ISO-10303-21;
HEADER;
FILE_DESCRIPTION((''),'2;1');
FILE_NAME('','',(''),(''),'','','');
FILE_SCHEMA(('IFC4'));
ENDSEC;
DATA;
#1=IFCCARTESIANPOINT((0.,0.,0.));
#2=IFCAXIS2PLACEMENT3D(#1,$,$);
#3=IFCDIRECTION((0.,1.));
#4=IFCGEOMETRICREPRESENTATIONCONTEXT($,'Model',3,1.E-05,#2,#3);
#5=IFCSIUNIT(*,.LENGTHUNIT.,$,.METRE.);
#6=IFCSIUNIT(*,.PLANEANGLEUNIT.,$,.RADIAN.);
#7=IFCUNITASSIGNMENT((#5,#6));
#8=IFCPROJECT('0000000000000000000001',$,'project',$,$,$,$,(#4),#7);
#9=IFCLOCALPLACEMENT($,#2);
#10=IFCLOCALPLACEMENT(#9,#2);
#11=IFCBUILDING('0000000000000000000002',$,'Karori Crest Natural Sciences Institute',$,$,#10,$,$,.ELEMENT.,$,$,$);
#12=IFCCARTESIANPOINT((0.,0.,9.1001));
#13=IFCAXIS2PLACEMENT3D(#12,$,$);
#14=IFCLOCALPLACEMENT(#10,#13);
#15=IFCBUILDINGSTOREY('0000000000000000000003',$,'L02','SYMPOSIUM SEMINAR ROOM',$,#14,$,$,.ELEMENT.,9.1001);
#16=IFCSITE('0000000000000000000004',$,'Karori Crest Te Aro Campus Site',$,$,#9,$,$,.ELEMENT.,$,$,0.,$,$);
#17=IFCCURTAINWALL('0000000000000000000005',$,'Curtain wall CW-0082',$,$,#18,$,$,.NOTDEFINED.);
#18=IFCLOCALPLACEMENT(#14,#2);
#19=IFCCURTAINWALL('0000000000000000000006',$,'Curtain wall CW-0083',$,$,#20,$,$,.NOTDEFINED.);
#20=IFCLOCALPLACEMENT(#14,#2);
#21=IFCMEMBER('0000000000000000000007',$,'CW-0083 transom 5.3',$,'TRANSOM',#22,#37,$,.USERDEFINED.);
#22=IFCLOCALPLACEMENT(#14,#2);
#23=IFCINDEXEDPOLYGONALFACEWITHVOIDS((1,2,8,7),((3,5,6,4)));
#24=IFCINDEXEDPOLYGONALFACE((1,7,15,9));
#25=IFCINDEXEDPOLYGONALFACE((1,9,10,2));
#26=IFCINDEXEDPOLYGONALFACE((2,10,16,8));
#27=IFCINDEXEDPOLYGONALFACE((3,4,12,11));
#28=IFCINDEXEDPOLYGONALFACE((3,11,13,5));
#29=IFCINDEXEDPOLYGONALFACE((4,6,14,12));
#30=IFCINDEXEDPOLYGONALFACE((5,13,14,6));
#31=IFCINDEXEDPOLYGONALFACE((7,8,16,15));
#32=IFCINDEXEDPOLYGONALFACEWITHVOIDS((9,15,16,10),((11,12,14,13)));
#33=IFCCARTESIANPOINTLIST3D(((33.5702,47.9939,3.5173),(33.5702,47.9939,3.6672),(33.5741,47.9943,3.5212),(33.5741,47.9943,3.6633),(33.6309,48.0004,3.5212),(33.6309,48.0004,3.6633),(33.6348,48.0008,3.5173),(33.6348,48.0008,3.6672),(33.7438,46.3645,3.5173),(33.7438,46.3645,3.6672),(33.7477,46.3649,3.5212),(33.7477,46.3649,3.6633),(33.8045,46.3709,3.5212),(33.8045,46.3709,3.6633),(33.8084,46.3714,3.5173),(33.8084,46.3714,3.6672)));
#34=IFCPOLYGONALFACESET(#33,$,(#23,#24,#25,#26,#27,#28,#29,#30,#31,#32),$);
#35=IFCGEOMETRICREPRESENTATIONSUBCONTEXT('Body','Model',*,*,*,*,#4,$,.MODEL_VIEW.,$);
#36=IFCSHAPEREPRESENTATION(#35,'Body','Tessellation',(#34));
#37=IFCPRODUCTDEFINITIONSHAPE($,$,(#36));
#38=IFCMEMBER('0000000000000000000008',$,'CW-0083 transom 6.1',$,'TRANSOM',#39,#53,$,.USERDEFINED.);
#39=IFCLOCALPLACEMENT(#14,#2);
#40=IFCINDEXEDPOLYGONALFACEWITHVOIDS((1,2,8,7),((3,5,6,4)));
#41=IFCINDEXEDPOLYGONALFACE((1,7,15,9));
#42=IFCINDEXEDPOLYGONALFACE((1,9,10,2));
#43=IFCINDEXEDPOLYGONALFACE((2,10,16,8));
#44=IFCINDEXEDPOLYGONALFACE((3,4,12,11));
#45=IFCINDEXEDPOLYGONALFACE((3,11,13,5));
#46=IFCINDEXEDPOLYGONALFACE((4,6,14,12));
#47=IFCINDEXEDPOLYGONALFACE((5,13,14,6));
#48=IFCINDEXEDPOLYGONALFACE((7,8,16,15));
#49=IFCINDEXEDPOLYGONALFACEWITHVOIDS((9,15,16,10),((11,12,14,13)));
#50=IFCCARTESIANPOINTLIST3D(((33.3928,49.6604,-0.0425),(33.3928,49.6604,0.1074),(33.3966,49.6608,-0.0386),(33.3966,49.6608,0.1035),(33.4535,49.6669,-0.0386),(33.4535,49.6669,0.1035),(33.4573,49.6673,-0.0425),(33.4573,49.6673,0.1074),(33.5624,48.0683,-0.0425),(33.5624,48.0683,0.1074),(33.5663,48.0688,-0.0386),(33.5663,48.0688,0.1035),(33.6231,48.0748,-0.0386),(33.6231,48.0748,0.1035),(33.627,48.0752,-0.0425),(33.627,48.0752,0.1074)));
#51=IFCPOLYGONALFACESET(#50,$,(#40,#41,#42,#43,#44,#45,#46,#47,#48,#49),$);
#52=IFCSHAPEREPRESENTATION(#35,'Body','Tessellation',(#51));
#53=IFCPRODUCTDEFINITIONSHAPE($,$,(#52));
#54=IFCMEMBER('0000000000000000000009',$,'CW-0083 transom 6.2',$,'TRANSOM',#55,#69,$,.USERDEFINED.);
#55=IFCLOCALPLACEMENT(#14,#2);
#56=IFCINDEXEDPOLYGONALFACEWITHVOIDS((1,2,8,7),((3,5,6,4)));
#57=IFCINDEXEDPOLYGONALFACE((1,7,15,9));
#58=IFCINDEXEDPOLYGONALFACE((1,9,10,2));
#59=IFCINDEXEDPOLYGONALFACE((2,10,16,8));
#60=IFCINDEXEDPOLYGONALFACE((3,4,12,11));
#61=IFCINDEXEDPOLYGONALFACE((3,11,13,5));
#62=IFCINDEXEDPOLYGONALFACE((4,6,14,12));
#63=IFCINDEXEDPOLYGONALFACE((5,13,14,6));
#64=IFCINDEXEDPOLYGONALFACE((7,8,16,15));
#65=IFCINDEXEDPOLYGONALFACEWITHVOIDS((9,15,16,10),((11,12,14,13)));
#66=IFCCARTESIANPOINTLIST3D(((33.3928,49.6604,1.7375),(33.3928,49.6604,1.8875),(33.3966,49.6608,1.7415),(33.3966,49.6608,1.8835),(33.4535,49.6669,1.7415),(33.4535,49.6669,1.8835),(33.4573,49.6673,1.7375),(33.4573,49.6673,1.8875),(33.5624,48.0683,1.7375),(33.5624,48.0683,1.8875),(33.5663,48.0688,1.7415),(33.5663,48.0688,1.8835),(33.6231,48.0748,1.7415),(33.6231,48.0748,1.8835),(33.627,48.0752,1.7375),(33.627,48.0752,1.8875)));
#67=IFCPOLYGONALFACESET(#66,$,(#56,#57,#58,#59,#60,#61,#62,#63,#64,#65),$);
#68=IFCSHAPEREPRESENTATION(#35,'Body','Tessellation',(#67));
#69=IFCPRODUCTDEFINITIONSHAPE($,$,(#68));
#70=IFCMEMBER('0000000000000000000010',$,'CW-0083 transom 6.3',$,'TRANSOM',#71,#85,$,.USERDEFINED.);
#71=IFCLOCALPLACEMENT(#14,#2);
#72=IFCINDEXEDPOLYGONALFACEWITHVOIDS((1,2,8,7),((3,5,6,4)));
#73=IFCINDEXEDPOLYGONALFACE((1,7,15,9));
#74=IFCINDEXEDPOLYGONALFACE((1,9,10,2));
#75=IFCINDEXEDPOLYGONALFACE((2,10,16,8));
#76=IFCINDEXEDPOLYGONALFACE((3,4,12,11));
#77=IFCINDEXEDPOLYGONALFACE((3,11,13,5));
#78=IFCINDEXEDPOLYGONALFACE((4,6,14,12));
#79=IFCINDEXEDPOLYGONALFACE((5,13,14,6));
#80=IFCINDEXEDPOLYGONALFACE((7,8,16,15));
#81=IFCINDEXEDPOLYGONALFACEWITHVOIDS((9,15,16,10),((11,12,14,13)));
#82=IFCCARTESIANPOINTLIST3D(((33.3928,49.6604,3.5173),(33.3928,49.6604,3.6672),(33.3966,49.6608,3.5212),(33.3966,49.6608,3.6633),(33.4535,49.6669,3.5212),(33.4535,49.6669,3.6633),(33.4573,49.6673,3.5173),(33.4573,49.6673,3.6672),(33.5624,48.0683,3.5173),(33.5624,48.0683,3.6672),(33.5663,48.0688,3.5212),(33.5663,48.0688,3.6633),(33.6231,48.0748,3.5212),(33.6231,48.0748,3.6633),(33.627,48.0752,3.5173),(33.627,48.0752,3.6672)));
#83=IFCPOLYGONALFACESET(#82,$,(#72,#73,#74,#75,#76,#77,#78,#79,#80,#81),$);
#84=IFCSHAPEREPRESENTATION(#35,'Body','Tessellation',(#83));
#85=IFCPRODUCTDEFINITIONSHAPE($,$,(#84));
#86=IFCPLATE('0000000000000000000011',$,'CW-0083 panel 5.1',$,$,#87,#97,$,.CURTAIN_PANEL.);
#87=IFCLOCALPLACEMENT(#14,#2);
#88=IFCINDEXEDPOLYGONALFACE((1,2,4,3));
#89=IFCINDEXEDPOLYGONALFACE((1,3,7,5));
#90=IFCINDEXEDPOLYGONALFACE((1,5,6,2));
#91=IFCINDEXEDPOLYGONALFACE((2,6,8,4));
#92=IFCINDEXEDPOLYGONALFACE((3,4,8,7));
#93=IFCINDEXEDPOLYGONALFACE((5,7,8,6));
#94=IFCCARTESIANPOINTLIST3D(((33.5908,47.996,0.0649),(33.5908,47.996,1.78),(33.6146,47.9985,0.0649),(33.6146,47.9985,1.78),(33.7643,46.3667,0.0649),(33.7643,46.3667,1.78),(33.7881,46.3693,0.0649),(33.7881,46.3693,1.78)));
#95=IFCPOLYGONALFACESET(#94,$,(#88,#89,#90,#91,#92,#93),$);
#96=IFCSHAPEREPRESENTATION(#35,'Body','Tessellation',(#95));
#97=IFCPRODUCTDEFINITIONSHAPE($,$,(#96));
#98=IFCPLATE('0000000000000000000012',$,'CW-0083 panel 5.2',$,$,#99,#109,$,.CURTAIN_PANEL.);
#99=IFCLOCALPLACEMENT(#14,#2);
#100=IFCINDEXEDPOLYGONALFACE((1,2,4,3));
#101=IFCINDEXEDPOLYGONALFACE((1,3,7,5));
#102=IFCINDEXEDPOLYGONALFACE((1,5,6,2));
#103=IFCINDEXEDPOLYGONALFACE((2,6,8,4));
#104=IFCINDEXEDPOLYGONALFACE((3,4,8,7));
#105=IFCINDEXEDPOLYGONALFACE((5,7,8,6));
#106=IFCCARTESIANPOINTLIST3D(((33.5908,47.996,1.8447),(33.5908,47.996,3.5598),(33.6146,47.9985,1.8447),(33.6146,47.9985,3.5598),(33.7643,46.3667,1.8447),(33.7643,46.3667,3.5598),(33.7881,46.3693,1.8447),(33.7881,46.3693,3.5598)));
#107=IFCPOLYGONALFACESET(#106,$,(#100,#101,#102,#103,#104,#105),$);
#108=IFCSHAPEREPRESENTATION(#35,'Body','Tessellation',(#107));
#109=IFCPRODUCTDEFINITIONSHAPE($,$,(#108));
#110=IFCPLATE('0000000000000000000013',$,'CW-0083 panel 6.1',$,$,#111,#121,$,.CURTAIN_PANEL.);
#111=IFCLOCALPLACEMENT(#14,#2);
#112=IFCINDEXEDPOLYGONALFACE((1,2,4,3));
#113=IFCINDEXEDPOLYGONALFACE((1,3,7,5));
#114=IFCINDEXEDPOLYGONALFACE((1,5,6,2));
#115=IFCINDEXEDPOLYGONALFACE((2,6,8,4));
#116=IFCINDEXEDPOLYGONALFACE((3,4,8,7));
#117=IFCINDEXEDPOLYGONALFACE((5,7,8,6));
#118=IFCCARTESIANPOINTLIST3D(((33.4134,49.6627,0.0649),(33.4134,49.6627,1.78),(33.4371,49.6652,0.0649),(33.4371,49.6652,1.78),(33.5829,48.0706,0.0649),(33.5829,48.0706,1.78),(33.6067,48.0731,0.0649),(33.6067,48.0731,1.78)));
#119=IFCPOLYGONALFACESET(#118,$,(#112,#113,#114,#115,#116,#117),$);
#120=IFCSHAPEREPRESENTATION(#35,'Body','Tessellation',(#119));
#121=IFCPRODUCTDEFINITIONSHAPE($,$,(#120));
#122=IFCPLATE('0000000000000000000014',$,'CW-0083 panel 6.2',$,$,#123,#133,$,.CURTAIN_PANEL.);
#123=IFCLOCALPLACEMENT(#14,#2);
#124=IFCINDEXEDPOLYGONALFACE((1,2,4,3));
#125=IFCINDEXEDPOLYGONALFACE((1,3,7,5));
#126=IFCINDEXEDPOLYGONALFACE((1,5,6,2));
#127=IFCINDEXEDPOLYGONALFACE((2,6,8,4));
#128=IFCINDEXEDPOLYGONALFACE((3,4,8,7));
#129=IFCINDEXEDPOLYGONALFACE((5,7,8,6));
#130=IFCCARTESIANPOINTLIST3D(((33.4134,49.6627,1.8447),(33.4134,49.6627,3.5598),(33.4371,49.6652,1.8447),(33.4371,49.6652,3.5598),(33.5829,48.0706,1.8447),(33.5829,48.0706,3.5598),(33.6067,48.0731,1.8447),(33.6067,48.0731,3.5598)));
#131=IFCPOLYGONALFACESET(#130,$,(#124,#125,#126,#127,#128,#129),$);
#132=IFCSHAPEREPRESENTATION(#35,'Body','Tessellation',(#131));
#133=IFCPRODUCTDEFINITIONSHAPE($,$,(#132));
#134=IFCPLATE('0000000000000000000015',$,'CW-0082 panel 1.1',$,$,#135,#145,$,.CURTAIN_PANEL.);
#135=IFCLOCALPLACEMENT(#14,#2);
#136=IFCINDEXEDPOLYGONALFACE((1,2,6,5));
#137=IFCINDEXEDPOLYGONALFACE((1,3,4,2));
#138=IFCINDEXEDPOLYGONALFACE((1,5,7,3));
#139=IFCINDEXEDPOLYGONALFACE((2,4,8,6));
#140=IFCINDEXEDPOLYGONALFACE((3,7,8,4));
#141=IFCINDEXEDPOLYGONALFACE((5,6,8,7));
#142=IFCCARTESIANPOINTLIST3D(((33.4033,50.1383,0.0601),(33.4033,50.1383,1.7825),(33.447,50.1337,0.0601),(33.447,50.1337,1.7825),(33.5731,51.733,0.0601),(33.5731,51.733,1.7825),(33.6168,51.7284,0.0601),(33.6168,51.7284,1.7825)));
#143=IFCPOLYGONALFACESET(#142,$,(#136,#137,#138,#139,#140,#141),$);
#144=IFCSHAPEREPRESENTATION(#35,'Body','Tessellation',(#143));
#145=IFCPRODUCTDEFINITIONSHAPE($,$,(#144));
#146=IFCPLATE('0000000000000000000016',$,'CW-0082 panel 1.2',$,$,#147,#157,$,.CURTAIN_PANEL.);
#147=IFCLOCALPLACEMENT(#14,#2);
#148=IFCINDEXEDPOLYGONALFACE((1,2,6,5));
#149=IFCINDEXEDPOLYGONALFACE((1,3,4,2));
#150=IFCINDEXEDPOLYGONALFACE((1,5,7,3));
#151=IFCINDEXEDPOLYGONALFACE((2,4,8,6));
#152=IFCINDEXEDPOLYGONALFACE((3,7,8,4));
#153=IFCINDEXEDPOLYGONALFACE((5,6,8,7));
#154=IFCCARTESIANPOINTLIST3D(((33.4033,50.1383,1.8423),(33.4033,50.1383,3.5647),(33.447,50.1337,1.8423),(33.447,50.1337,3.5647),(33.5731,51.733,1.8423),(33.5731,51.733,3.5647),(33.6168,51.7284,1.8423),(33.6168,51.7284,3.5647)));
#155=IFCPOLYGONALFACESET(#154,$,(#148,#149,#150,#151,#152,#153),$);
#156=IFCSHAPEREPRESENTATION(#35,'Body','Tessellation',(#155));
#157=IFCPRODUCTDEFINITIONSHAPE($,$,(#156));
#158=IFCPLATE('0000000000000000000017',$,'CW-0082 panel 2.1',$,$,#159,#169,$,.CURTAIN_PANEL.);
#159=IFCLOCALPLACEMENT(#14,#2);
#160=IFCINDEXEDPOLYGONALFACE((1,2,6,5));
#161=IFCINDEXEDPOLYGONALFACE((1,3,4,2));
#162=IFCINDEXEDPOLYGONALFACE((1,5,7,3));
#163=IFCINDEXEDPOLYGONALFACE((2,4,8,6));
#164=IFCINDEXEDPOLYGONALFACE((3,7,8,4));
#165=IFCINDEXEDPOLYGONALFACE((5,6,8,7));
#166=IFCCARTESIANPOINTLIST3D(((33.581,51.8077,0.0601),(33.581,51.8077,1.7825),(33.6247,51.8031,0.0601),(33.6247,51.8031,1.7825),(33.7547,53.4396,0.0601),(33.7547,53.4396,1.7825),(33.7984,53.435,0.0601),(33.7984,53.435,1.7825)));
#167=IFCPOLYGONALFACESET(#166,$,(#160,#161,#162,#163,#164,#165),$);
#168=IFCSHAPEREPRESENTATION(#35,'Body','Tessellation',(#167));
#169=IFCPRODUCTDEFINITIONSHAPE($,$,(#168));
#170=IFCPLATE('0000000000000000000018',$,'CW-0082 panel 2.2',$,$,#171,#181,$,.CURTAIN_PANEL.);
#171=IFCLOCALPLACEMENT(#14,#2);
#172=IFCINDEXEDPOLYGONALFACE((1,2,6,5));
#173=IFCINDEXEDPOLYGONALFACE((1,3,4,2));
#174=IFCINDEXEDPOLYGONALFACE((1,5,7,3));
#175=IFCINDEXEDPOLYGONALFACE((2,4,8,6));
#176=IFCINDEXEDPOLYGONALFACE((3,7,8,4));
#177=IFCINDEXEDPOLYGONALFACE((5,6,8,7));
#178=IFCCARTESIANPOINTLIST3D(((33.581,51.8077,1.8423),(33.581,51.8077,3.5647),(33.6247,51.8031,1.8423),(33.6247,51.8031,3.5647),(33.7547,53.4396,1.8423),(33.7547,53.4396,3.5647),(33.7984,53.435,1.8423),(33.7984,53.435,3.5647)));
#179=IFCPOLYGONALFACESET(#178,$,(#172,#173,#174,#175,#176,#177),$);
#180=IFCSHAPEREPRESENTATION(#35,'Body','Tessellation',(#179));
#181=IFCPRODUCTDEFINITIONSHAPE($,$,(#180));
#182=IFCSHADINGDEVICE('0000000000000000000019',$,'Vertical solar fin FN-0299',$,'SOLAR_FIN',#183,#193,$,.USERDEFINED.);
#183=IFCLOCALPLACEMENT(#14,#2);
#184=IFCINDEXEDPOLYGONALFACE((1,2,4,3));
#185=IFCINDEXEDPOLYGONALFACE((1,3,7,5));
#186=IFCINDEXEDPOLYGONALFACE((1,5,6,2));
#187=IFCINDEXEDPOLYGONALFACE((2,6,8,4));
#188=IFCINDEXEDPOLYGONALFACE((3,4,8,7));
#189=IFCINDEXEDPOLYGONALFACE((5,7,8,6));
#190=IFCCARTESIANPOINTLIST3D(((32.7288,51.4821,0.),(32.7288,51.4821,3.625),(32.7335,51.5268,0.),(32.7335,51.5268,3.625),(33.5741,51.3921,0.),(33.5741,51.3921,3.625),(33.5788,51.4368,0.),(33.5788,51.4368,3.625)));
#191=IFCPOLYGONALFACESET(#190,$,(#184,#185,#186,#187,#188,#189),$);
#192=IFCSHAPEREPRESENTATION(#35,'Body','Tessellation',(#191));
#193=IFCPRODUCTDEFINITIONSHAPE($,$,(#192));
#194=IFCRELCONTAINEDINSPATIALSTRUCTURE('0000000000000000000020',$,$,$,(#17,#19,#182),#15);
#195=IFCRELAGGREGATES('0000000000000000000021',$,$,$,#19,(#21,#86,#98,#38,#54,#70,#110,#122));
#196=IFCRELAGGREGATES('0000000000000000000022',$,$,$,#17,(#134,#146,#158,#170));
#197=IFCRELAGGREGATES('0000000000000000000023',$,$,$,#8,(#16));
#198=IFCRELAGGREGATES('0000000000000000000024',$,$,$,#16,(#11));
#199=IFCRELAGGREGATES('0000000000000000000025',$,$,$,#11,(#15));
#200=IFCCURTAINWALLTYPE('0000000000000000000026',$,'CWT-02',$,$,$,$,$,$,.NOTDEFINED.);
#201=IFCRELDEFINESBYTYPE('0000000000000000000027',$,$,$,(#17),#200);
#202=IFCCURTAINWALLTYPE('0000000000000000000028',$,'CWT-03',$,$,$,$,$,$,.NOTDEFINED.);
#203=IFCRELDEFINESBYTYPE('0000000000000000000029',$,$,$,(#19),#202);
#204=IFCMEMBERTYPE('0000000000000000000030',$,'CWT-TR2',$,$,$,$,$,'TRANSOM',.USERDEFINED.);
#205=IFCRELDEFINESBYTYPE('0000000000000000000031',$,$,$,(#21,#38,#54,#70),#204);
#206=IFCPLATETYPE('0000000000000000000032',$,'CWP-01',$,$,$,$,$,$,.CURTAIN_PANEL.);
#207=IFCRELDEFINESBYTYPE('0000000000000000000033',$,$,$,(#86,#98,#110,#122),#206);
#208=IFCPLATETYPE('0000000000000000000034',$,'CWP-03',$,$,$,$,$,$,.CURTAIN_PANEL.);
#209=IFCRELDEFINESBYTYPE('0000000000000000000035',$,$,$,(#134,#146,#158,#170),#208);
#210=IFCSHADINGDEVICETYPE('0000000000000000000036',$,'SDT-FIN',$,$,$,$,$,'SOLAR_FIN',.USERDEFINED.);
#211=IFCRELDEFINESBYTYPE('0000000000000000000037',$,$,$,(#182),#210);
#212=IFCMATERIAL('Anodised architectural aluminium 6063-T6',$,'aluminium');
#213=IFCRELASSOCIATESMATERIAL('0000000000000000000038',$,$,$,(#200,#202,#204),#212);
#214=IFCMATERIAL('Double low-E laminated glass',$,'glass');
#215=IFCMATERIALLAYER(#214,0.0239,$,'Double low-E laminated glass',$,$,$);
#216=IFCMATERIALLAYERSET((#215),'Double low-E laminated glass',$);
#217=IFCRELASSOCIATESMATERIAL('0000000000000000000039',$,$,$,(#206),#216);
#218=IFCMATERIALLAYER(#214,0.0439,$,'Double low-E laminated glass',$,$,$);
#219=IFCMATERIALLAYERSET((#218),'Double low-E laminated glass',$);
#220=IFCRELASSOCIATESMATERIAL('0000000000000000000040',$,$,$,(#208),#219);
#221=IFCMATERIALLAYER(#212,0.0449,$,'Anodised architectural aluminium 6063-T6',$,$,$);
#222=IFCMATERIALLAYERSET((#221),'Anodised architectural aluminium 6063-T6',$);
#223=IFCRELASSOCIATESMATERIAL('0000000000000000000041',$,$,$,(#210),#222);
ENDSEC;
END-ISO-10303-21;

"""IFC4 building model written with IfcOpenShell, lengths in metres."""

from ifc_helpers import new_model, si_unit, direction, frame, origin, origin_2d, place, context, subcontext, project, spatial, rectangle, hollow_rectangle, extrude, material, layer, layer_set, material_profile, profile_set, type_object, element, aggregate, save


model = new_model("IFC4")

# Units and contexts
model_context = context("Model", 3, precision=1e-05, world=origin(), true_north=direction((0.0, 1.0)))
body_context = subcontext(model_context, "Body", "Model", "MODEL_VIEW")
ifc_project = project(units=[si_unit("LENGTHUNIT", "METRE"), si_unit("PLANEANGLEUNIT", "RADIAN")], contexts=[model_context])

# Site, building, storey
site_placement = place(None, origin())
site = spatial("IfcSite", under=ifc_project, at=site_placement, Name="Karori Crest Te Aro Campus Site", CompositionType="ELEMENT", RefElevation=0.0)
building_placement = place(site_placement, origin())
building = spatial("IfcBuilding", under=site, at=building_placement, Name="Karori Crest Natural Sciences Institute", CompositionType="ELEMENT")
storey_placement = place(building_placement, frame((0.0, 0.0, 9.1001)))
storey = spatial("IfcBuildingStorey", under=building, at=storey_placement, Name="L02", Description="SYMPOSIUM SEMINAR ROOM", CompositionType="ELEMENT", Elevation=9.1001)

# Curtain walls
ifc_material_1 = material(Name="Anodised architectural aluminium 6063-T6", Category="aluminium")
curtain_wall_type_1 = type_object("IfcCurtainWallType", Name="CWT-02", PredefinedType="NOTDEFINED", material=ifc_material_1)
curtain_wall_1_placement = place(storey_placement, origin())
curtain_wall_1 = element("IfcCurtainWall", 1, at=curtain_wall_1_placement, inside=storey, type_object=curtain_wall_type_1, Name="Curtain wall CW-0082", PredefinedType="NOTDEFINED")
curtain_wall_type_2 = type_object("IfcCurtainWallType", Name="CWT-03", PredefinedType="NOTDEFINED", material=ifc_material_1)
curtain_wall_2_placement = place(storey_placement, origin())
curtain_wall_2 = element("IfcCurtainWall", 2, at=curtain_wall_2_placement, inside=storey, type_object=curtain_wall_type_2, Name="Curtain wall CW-0083", PredefinedType="NOTDEFINED")

# Members
ifc_material_profile_1 = material_profile(ifc_material_1, hollow_rectangle(XDim=0.0649, YDim=0.1499, WallThickness=0.0039, at=origin_2d()), Name="CWT150x65x4")
ifc_profile_set_1 = profile_set([ifc_material_profile_1], Name="Anodised architectural aluminium 6063-T6")
member_type_1 = type_object("IfcMemberType", Name="CWT-TR2", ElementType="TRANSOM", PredefinedType="USERDEFINED", material=ifc_profile_set_1)
member_1_placement = place(storey_placement, frame((33.7761, 46.3679, 3.5923), z_axis=(-0.105933, 0.994373, 0.0), x_axis=(-0.994373, -0.105933, 0.0)))
member_1 = element("IfcMember", 3, at=member_1_placement, type_object=member_type_1, Name="CW-0083 transom 5.3", ObjectType="TRANSOM", PredefinedType="USERDEFINED", context=body_context, shape_type="SweptSolid", body=[
    extrude(hollow_rectangle(XDim=0.0649, YDim=0.1499, WallThickness=0.0039, at=origin_2d()), origin(), (0.0, 0.0, 1.0), 1.6387),
])
member_2_placement = place(storey_placement, frame((33.5947, 48.0718, 0.0325), z_axis=(-0.105979, 0.994368, 0.0), x_axis=(-0.994368, -0.105979, 0.0)))
member_2 = element("IfcMember", 4, at=member_2_placement, type_object=member_type_1, Name="CW-0083 transom 6.1", ObjectType="TRANSOM", PredefinedType="USERDEFINED", context=body_context, shape_type="SweptSolid", body=[
    extrude(hollow_rectangle(XDim=0.0649, YDim=0.1499, WallThickness=0.0039, at=origin_2d()), origin(), (0.0, 0.0, 1.0), 1.6011),
])
member_3_placement = place(storey_placement, frame((33.5947, 48.0718, 1.8125), z_axis=(-0.105979, 0.994368, 0.0), x_axis=(-0.994368, -0.105979, 0.0)))
member_3 = element("IfcMember", 5, at=member_3_placement, type_object=member_type_1, Name="CW-0083 transom 6.2", ObjectType="TRANSOM", PredefinedType="USERDEFINED", context=body_context, shape_type="SweptSolid", body=[
    extrude(hollow_rectangle(XDim=0.0649, YDim=0.1499, WallThickness=0.0039, at=origin_2d()), origin(), (0.0, 0.0, 1.0), 1.6011),
])
member_4_placement = place(storey_placement, frame((33.5947, 48.0718, 3.5923), z_axis=(-0.105979, 0.994368, 0.0), x_axis=(-0.994368, -0.105979, 0.0)))
member_4 = element("IfcMember", 6, at=member_4_placement, type_object=member_type_1, Name="CW-0083 transom 6.3", ObjectType="TRANSOM", PredefinedType="USERDEFINED", context=body_context, shape_type="SweptSolid", body=[
    extrude(hollow_rectangle(XDim=0.0649, YDim=0.1499, WallThickness=0.0039, at=origin_2d()), origin(), (0.0, 0.0, 1.0), 1.6011),
])

# Plates
ifc_material_2 = material(Name="Double low-E laminated glass", Category="glass")
ifc_layer_1 = layer(ifc_material_2, 0.0239, Name="Double low-E laminated glass")
ifc_layer_set_1 = layer_set([ifc_layer_1], Name="Double low-E laminated glass")
plate_type_1 = type_object("IfcPlateType", Name="CWP-01", PredefinedType="CURTAIN_PANEL", material=ifc_layer_set_1)
plate_1_placement = place(storey_placement, frame((33.6895, 47.1826, 0.0649), z_axis=(0.0, 0.0, 1.0), x_axis=(-0.105882, 0.994379, 0.0)))
plate_1 = element("IfcPlate", 7, at=plate_1_placement, type_object=plate_type_1, Name="CW-0083 panel 5.1", PredefinedType="CURTAIN_PANEL", context=body_context, shape_type="SweptSolid", body=[
    extrude(rectangle(XDim=1.6384, YDim=0.0239, at=origin_2d()), origin(), (0.0, 0.0, 1.0), 1.7151),
])
plate_2_placement = place(storey_placement, frame((33.6895, 47.1826, 1.8447), z_axis=(0.0, 0.0, 1.0), x_axis=(-0.105882, 0.994379, 0.0)))
plate_2 = element("IfcPlate", 8, at=plate_2_placement, type_object=plate_type_1, Name="CW-0083 panel 5.2", PredefinedType="CURTAIN_PANEL", context=body_context, shape_type="SweptSolid", body=[
    extrude(rectangle(XDim=1.6384, YDim=0.0239, at=origin_2d()), origin(), (0.0, 0.0, 1.0), 1.7151),
])
plate_3_placement = place(storey_placement, frame((33.51, 48.8679, 0.0649), z_axis=(0.0, 0.0, 1.0), x_axis=(-0.105882, 0.994379, 0.0)))
plate_3 = element("IfcPlate", 9, at=plate_3_placement, type_object=plate_type_1, Name="CW-0083 panel 6.1", PredefinedType="CURTAIN_PANEL", context=body_context, shape_type="SweptSolid", body=[
    extrude(rectangle(XDim=1.6011, YDim=0.0239, at=origin_2d()), origin(), (0.0, 0.0, 1.0), 1.7151),
])
plate_4_placement = place(storey_placement, frame((33.51, 48.8679, 1.8447), z_axis=(0.0, 0.0, 1.0), x_axis=(-0.105882, 0.994379, 0.0)))
plate_4 = element("IfcPlate", 10, at=plate_4_placement, type_object=plate_type_1, Name="CW-0083 panel 6.2", PredefinedType="CURTAIN_PANEL", context=body_context, shape_type="SweptSolid", body=[
    extrude(rectangle(XDim=1.6011, YDim=0.0239, at=origin_2d()), origin(), (0.0, 0.0, 1.0), 1.7151),
])
aggregate(curtain_wall_2, [member_1, plate_1, plate_2, member_2, member_3, member_4, plate_3, plate_4])
ifc_layer_2 = layer(ifc_material_2, 0.0439, Name="Double low-E laminated glass")
ifc_layer_set_2 = layer_set([ifc_layer_2], Name="Double low-E laminated glass")
plate_type_2 = type_object("IfcPlateType", Name="CWP-03", PredefinedType="CURTAIN_PANEL", material=ifc_layer_set_2)
plate_5_placement = place(storey_placement, frame((33.51, 50.9333, 0.0601), z_axis=(0.0, 0.0, 1.0), x_axis=(0.105884, 0.994378, 0.0)))
plate_5 = element("IfcPlate", 11, at=plate_5_placement, type_object=plate_type_2, Name="CW-0082 panel 1.1", PredefinedType="CURTAIN_PANEL", context=body_context, shape_type="SweptSolid", body=[
    extrude(rectangle(XDim=1.6038, YDim=0.0439, at=origin_2d()), origin(), (0.0, 0.0, 1.0), 1.7224),
])
plate_6_placement = place(storey_placement, frame((33.51, 50.9333, 1.8423), z_axis=(0.0, 0.0, 1.0), x_axis=(0.105884, 0.994378, 0.0)))
plate_6 = element("IfcPlate", 12, at=plate_6_placement, type_object=plate_type_2, Name="CW-0082 panel 1.2", PredefinedType="CURTAIN_PANEL", context=body_context, shape_type="SweptSolid", body=[
    extrude(rectangle(XDim=1.6038, YDim=0.0439, at=origin_2d()), origin(), (0.0, 0.0, 1.0), 1.7224),
])
plate_7_placement = place(storey_placement, frame((33.6897, 52.6213, 0.0601), z_axis=(0.0, 0.0, 1.0), x_axis=(0.105884, 0.994378, 0.0)))
plate_7 = element("IfcPlate", 13, at=plate_7_placement, type_object=plate_type_2, Name="CW-0082 panel 2.1", PredefinedType="CURTAIN_PANEL", context=body_context, shape_type="SweptSolid", body=[
    extrude(rectangle(XDim=1.6411, YDim=0.0439, at=origin_2d()), origin(), (0.0, 0.0, 1.0), 1.7224),
])
plate_8_placement = place(storey_placement, frame((33.6897, 52.6213, 1.8423), z_axis=(0.0, 0.0, 1.0), x_axis=(0.105884, 0.994378, 0.0)))
plate_8 = element("IfcPlate", 14, at=plate_8_placement, type_object=plate_type_2, Name="CW-0082 panel 2.2", PredefinedType="CURTAIN_PANEL", context=body_context, shape_type="SweptSolid", body=[
    extrude(rectangle(XDim=1.6411, YDim=0.0439, at=origin_2d()), origin(), (0.0, 0.0, 1.0), 1.7224),
])
aggregate(curtain_wall_1, [plate_5, plate_6, plate_7, plate_8])

# Shading device
ifc_layer_3 = layer(ifc_material_1, 0.0449, Name="Anodised architectural aluminium 6063-T6")
ifc_layer_set_3 = layer_set([ifc_layer_3], Name="Anodised architectural aluminium 6063-T6")
shading_device_type = type_object("IfcShadingDeviceType", Name="SDT-FIN", ElementType="SOLAR_FIN", PredefinedType="USERDEFINED", material=ifc_layer_set_3)
for number, where, z_axis, x_axis, name in (
    (15, (33.1538, 51.4595, 0.0), (0.0, 0.0, 1.0), (-0.994378, 0.105884, 0.0), "Vertical solar fin FN-0299"),
):
    element("IfcShadingDevice", number, at=place(storey_placement, frame(where, z_axis=z_axis, x_axis=x_axis)), inside=storey, type_object=shading_device_type, Name=name, ObjectType="SOLAR_FIN", PredefinedType="USERDEFINED", context=body_context, shape_type="SweptSolid", body=[
        extrude(rectangle(XDim=0.8501, YDim=0.0449, at=origin_2d()), origin(), (0.0, 0.0, 1.0), 3.625),
    ])

save(model, "model.ifc")
